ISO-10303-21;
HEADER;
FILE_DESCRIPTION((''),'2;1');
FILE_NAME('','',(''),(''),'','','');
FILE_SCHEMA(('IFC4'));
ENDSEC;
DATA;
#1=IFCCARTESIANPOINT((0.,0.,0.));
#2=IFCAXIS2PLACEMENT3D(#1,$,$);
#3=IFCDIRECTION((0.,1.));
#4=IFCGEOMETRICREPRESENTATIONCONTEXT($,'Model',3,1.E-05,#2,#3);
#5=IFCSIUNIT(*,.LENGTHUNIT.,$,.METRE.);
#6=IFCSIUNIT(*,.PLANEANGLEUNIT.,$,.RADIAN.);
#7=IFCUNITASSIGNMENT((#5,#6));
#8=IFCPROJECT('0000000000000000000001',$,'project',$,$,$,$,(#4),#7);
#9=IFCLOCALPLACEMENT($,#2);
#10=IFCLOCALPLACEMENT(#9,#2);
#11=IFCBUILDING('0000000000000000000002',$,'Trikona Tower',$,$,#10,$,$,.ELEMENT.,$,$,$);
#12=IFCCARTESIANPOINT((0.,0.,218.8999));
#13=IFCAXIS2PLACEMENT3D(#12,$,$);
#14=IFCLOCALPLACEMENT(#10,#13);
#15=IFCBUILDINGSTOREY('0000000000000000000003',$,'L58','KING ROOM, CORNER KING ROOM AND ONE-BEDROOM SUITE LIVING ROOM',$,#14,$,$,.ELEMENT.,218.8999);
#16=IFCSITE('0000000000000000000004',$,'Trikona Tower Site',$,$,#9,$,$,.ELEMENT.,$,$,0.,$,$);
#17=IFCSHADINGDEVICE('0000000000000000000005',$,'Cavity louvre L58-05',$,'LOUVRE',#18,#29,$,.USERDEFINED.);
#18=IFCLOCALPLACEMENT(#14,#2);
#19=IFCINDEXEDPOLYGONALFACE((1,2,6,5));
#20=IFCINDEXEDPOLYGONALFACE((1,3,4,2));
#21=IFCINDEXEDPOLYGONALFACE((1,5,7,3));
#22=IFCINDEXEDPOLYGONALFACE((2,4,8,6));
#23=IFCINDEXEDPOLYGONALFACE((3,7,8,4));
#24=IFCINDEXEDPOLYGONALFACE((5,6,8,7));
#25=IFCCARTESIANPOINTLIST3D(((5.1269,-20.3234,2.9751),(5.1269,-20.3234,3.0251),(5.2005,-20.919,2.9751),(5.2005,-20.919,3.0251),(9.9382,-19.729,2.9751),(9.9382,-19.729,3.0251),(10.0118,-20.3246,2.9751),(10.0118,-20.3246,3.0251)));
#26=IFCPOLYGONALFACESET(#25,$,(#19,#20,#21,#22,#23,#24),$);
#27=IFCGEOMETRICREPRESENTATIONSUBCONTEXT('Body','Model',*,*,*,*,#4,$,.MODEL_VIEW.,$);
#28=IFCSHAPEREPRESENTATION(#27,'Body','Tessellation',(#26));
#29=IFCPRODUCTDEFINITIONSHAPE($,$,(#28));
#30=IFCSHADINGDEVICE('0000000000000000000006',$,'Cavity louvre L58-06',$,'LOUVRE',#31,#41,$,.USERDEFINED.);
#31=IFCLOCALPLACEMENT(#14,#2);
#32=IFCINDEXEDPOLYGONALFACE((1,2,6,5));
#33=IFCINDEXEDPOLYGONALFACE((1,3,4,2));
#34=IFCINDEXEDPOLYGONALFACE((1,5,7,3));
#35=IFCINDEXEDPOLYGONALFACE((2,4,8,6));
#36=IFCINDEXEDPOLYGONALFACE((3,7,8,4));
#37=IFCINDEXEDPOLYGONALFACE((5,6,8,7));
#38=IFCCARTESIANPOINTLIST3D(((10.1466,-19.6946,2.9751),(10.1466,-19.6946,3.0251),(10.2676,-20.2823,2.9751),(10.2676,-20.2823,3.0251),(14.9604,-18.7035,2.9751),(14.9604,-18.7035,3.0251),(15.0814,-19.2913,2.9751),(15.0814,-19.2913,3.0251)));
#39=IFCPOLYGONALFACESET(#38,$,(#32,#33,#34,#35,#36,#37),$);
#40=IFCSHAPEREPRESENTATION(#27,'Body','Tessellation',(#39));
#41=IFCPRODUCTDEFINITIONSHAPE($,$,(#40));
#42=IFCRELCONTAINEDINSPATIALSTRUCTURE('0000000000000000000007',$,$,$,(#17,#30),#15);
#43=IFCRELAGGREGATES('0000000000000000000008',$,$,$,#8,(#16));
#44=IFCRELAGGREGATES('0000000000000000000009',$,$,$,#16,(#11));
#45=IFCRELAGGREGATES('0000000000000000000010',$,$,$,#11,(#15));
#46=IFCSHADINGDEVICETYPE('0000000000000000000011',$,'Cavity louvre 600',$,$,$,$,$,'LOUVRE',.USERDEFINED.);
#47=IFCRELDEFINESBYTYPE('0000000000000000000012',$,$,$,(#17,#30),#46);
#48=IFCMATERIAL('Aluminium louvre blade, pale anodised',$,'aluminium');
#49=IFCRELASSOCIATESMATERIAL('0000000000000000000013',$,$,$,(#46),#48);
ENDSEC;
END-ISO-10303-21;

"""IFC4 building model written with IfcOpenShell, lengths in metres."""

from ifc_helpers import new_model, si_unit, direction, frame, origin, origin_2d, place, context, subcontext, project, spatial, rectangle, extrude, material, type_object, element, save


model = new_model("IFC4")

# Units and contexts
model_context = context("Model", 3, precision=1e-05, world=origin(), true_north=direction((0.0, 1.0)))
body_context = subcontext(model_context, "Body", "Model", "MODEL_VIEW")
ifc_project = project(units=[si_unit("LENGTHUNIT", "METRE"), si_unit("PLANEANGLEUNIT", "RADIAN")], contexts=[model_context])

# Site, building, storey
site_placement = place(None, origin())
site = spatial("IfcSite", under=ifc_project, at=site_placement, Name="Trikona Tower Site", CompositionType="ELEMENT", RefElevation=0.0)
building_placement = place(site_placement, origin())
building = spatial("IfcBuilding", under=site, at=building_placement, Name="Trikona Tower", CompositionType="ELEMENT")
storey_placement = place(building_placement, frame((0.0, 0.0, 218.8999)))
storey = spatial("IfcBuildingStorey", under=building, at=storey_placement, Name="L58", Description="KING ROOM, CORNER KING ROOM AND ONE-BEDROOM SUITE LIVING ROOM", CompositionType="ELEMENT", Elevation=218.8999)

# Shading devices
ifc_material_1 = material(Name="Aluminium louvre blade, pale anodised", Category="aluminium")
shading_device_type = type_object("IfcShadingDeviceType", Name="Cavity louvre 600", ElementType="LOUVRE", PredefinedType="USERDEFINED", material=ifc_material_1)
shading_device_1_placement = place(storey_placement, frame((7.5693, -20.324, 2.9751), z_axis=(0.0, 0.0, 1.0), x_axis=(0.992455, 0.122607, 0.0)))
element("IfcShadingDevice", 1, at=shading_device_1_placement, inside=storey, type_object=shading_device_type, Name="Cavity louvre L58-05", ObjectType="LOUVRE", PredefinedType="USERDEFINED", context=body_context, shape_type="SweptSolid", body=[
    extrude(rectangle(XDim=4.8479, YDim=0.6001, at=origin_2d()), origin(), (0.0, 0.0, 1.0), 0.05),
])
shading_device_2_placement = place(storey_placement, frame((12.614, -19.4929, 2.9751), z_axis=(0.0, 0.0, 1.0), x_axis=(0.979458, 0.201651, 0.0)))
element("IfcShadingDevice", 2, at=shading_device_2_placement, inside=storey, type_object=shading_device_type, Name="Cavity louvre L58-06", ObjectType="LOUVRE", PredefinedType="USERDEFINED", context=body_context, shape_type="SweptSolid", body=[
    extrude(rectangle(XDim=4.9148, YDim=0.6001, at=origin_2d()), origin(), (0.0, 0.0, 1.0), 0.05),
])

save(model, "model.ifc")
